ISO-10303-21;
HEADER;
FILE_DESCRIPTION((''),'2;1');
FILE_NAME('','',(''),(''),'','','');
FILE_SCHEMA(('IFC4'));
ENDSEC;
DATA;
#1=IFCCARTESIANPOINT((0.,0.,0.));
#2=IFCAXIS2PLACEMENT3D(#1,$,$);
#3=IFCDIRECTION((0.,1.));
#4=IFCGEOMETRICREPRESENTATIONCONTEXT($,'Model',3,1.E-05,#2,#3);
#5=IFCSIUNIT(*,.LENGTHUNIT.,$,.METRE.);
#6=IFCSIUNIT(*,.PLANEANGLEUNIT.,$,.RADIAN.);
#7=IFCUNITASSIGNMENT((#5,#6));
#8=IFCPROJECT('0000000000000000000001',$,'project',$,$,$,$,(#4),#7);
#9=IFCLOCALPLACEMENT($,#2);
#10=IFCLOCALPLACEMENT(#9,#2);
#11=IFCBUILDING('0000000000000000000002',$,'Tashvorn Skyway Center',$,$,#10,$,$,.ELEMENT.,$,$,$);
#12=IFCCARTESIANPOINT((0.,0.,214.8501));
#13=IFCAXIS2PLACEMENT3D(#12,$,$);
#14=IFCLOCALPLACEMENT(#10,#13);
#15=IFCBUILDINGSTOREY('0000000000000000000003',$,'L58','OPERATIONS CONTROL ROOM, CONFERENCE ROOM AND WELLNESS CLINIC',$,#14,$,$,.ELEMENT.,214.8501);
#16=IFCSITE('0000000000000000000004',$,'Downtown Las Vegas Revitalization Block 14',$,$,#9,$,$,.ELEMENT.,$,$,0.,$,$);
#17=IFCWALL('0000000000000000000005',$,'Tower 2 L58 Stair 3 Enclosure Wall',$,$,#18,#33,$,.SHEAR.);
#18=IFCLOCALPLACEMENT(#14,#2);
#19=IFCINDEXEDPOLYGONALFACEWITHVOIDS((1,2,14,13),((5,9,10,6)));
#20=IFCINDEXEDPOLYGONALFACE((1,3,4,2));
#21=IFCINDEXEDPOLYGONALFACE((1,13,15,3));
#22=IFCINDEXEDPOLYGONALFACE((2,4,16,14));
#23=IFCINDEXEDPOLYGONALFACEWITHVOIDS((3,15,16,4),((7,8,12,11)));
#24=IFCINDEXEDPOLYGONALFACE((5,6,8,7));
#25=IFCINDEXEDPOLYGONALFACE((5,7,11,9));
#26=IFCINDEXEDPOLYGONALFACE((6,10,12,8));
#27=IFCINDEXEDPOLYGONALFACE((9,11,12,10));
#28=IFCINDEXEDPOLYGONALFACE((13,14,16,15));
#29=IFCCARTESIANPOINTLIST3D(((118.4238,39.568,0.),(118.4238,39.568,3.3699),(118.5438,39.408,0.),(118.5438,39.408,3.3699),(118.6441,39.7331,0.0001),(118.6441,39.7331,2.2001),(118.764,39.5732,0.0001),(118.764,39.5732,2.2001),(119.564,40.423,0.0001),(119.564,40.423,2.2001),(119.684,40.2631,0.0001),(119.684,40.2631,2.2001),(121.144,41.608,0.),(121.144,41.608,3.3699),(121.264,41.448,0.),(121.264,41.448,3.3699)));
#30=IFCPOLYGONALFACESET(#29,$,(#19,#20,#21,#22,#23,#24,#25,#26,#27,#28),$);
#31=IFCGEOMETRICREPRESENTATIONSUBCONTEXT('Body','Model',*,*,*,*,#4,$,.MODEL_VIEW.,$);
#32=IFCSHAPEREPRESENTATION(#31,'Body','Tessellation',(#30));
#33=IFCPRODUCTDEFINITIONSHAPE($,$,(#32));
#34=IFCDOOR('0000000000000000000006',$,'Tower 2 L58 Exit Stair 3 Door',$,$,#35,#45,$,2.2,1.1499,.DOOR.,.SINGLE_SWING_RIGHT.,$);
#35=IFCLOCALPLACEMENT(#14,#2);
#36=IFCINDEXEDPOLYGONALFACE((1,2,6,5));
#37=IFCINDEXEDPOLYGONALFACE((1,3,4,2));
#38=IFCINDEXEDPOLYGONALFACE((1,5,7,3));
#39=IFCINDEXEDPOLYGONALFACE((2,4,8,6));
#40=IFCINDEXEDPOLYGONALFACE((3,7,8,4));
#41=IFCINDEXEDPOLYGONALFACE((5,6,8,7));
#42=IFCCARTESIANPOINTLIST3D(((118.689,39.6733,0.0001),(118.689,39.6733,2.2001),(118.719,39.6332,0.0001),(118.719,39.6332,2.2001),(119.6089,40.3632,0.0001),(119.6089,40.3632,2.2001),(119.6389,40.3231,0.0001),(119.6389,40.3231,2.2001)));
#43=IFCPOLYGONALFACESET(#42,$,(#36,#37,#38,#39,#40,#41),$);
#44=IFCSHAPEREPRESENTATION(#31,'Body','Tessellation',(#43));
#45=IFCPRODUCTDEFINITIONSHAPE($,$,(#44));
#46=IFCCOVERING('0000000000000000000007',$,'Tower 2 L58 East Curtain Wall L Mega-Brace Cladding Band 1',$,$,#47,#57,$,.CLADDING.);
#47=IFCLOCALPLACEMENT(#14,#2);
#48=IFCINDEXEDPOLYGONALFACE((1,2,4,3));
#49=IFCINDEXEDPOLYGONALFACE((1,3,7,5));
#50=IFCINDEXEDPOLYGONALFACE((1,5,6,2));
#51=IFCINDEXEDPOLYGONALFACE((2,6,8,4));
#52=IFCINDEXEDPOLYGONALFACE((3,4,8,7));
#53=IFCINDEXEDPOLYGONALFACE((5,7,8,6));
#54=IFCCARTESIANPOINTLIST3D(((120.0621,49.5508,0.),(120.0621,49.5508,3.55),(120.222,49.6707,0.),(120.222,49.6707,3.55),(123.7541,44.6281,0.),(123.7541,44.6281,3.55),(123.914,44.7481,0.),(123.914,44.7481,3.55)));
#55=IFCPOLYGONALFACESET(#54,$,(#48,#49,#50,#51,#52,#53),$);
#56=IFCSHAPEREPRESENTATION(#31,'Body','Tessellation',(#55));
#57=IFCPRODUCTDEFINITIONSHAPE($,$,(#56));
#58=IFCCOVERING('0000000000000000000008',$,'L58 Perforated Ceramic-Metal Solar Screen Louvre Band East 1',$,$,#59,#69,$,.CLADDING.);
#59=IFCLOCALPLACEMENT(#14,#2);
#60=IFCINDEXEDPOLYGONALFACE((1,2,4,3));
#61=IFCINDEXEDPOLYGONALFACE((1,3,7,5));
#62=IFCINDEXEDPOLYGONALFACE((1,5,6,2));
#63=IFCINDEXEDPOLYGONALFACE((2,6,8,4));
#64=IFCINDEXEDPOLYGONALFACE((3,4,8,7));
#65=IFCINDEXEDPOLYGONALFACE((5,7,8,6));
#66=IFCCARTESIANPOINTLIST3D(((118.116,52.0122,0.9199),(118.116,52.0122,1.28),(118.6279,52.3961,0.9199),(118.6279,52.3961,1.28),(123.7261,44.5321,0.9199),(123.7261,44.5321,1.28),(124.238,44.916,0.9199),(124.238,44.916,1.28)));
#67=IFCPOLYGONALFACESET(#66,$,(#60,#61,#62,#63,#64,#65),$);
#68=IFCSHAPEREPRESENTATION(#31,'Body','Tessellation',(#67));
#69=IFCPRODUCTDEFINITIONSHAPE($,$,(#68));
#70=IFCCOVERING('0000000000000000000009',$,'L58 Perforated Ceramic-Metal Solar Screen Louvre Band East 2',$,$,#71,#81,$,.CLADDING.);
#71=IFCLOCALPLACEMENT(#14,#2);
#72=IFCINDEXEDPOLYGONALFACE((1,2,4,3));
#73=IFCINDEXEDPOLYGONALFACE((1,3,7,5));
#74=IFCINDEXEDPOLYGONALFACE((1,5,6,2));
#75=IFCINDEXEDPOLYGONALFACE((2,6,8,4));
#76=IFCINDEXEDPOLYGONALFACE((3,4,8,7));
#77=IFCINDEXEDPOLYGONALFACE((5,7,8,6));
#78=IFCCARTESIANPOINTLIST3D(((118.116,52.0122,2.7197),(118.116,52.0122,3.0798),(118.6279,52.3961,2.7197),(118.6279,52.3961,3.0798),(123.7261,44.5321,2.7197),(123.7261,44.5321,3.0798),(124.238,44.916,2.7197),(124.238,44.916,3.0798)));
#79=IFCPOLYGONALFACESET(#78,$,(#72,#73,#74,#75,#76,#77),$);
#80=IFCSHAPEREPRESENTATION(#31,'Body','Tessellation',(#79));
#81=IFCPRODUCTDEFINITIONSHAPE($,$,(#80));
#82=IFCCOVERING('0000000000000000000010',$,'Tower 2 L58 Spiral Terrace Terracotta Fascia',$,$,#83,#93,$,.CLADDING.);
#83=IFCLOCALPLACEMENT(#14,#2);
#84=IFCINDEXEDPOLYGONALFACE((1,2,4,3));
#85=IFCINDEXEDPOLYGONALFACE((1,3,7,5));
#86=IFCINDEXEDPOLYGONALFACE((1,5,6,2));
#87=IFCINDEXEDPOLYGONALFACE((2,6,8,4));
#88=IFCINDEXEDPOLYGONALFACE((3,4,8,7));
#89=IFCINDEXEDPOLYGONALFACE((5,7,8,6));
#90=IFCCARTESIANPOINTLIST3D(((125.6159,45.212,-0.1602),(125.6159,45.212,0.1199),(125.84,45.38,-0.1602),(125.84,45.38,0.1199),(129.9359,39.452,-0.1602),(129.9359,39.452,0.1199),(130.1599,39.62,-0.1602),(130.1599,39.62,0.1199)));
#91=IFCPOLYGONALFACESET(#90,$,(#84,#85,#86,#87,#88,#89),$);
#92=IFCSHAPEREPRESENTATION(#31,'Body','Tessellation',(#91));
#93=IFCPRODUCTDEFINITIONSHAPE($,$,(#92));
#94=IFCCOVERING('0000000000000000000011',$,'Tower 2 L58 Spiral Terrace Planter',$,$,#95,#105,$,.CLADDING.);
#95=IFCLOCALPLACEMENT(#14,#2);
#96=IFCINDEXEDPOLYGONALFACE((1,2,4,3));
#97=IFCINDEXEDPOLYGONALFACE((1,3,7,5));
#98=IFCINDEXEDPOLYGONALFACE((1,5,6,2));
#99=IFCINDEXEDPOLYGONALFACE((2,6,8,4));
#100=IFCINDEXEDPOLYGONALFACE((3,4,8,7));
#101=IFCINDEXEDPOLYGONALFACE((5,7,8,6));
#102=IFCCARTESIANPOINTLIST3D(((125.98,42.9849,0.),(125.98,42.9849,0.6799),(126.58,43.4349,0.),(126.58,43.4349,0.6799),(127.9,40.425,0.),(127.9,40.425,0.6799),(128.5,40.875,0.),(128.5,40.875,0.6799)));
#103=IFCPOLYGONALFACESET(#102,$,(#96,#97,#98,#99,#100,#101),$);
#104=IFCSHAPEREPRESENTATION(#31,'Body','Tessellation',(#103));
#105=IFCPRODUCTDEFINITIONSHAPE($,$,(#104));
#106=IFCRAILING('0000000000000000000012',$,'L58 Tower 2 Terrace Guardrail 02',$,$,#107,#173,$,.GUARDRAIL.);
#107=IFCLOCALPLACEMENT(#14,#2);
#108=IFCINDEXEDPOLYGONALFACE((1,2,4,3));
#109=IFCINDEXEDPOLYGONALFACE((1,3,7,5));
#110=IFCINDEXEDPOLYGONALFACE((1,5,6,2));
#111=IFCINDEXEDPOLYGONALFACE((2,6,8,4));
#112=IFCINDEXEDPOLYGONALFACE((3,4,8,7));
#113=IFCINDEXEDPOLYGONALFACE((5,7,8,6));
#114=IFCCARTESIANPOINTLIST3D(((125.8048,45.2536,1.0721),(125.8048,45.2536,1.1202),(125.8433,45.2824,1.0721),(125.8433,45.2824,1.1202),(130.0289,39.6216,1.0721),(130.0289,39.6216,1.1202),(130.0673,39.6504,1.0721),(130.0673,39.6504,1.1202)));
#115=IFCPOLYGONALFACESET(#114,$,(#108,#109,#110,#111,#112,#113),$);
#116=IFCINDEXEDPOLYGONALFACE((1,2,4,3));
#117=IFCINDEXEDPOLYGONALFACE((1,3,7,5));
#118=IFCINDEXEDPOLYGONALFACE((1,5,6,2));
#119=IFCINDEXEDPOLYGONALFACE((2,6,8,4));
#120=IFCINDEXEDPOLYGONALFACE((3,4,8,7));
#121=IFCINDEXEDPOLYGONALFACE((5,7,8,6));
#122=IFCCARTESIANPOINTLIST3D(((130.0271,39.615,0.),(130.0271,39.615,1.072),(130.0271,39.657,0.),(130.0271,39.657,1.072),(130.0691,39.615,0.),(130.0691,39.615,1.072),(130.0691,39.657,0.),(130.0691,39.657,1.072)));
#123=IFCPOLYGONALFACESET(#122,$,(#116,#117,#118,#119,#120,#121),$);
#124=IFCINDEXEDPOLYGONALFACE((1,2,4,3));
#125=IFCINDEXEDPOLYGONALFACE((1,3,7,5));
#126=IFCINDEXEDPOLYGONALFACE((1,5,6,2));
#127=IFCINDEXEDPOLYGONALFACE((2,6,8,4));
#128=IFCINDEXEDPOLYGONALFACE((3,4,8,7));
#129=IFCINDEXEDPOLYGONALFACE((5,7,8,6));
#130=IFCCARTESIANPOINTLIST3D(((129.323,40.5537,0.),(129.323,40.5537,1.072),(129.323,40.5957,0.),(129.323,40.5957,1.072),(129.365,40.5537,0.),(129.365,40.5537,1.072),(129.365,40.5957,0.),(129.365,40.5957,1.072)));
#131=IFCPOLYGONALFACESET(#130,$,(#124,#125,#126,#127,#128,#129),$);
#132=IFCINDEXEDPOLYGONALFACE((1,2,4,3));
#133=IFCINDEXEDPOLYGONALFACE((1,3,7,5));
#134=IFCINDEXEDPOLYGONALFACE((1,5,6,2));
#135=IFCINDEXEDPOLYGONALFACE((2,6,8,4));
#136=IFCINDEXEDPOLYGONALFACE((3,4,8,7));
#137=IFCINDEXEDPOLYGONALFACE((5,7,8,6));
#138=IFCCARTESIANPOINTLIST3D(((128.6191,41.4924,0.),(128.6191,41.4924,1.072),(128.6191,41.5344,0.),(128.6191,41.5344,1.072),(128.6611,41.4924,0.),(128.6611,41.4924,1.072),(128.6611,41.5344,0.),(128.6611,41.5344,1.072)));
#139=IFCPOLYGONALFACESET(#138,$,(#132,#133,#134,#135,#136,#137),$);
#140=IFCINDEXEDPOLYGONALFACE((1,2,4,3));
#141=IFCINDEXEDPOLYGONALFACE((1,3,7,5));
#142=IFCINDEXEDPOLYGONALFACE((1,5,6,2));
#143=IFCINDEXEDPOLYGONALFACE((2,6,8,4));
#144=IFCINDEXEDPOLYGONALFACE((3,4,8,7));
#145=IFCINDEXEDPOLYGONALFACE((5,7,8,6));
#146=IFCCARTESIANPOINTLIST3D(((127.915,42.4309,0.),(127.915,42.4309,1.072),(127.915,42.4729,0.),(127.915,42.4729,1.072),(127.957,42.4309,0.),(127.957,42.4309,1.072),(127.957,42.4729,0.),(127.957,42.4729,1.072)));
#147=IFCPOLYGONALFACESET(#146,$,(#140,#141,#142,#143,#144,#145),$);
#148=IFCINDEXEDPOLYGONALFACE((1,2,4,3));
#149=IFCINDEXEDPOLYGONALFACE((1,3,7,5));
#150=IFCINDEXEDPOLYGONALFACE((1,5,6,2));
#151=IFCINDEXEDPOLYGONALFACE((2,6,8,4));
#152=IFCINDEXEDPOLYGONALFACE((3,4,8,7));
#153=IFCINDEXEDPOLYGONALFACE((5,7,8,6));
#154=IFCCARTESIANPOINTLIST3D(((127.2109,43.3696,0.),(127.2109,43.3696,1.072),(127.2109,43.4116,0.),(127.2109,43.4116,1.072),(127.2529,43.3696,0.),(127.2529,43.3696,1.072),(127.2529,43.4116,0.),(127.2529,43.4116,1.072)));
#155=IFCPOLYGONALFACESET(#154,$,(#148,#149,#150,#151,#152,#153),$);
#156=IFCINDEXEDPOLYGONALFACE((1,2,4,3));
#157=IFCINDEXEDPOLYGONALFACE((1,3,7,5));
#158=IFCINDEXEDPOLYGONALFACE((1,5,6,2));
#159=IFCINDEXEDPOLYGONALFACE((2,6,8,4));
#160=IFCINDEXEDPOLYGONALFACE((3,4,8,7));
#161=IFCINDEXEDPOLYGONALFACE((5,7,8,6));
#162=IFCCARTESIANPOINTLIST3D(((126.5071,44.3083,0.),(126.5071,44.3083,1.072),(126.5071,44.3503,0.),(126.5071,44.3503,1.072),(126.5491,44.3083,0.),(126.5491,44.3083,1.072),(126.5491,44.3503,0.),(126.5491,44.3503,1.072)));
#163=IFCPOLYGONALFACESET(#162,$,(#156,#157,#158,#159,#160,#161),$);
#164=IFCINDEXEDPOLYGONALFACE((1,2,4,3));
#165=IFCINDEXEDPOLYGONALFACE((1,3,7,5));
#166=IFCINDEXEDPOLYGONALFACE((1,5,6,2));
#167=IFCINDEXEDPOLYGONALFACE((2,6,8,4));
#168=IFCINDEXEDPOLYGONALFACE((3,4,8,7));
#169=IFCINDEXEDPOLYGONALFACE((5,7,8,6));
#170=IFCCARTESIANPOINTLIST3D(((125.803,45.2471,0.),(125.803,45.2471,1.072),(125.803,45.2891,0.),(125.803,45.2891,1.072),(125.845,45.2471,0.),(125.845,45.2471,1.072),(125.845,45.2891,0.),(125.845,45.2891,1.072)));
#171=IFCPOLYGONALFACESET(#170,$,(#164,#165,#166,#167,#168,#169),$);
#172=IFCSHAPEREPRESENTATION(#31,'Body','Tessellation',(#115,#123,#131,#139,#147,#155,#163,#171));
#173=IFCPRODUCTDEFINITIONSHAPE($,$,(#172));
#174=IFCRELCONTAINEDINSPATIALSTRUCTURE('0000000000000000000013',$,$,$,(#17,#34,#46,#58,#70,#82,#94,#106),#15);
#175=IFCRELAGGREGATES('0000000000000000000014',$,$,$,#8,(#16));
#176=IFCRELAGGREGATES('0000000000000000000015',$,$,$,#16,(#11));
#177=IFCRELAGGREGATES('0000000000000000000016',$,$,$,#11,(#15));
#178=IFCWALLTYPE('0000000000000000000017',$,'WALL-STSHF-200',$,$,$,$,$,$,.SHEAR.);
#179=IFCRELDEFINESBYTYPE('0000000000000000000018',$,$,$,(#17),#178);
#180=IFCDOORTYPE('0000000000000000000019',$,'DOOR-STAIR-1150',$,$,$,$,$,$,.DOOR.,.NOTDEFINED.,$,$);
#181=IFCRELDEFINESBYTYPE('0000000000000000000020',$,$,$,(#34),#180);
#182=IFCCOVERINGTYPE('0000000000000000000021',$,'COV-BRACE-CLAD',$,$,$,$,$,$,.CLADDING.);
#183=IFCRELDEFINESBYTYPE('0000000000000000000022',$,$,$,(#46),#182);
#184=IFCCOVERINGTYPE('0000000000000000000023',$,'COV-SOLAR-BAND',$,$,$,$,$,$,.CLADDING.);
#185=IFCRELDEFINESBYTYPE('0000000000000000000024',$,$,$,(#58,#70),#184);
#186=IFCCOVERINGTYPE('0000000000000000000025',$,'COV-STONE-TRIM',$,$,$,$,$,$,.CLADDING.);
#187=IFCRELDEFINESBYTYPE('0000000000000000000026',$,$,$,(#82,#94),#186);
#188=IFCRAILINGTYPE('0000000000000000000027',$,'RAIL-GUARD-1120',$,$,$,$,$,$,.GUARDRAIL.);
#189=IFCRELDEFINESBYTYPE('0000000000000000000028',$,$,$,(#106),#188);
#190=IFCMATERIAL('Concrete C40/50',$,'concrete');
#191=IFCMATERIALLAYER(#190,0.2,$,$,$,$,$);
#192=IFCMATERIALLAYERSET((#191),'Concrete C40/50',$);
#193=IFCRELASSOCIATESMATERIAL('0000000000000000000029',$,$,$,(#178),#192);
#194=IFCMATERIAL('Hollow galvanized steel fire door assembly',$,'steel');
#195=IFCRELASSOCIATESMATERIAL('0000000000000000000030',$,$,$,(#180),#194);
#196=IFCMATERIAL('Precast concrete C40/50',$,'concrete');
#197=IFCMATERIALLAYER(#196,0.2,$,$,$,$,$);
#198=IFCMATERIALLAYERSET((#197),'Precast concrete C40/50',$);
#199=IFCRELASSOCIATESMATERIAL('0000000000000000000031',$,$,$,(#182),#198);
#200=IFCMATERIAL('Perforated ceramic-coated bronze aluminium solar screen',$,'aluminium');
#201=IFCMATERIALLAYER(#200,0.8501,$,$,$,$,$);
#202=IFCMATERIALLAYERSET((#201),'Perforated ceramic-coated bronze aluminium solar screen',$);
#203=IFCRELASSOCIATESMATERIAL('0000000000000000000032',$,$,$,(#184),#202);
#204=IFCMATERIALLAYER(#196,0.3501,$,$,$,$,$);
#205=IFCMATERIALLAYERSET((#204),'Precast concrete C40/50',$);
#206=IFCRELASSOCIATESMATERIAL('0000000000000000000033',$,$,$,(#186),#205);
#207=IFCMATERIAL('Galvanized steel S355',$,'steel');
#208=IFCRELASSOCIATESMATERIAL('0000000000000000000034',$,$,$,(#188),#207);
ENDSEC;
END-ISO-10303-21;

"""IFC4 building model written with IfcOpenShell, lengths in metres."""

from ifc_helpers import new_model, si_unit, direction, frame, frame_2d, origin, origin_2d, place, context, subcontext, project, spatial, rectangle, extrude, material, layer, layer_set, type_object, element, fill, save


model = new_model("IFC4")

# Units and contexts
model_context = context("Model", 3, precision=1e-05, world=origin(), true_north=direction((0.0, 1.0)))
body_context = subcontext(model_context, "Body", "Model", "MODEL_VIEW")
ifc_project = project(units=[si_unit("LENGTHUNIT", "METRE"), si_unit("PLANEANGLEUNIT", "RADIAN")], contexts=[model_context])

# Site, building, storey
site_placement = place(None, origin())
site = spatial("IfcSite", under=ifc_project, at=site_placement, Name="Downtown Las Vegas Revitalization Block 14", CompositionType="ELEMENT", RefElevation=0.0)
building_placement = place(site_placement, origin())
building = spatial("IfcBuilding", under=site, at=building_placement, Name="Tashvorn Skyway Center", CompositionType="ELEMENT")
storey_placement = place(building_placement, frame((0.0, 0.0, 214.8501)))
storey = spatial("IfcBuildingStorey", under=building, at=storey_placement, Name="L58", Description="OPERATIONS CONTROL ROOM, CONFERENCE ROOM AND WELLNESS CLINIC", CompositionType="ELEMENT", Elevation=214.8501)

# Shared definitions
ifc_material_1 = material(Name="Precast concrete C40/50", Category="concrete")

# Wall, opening, door
ifc_material_2 = material(Name="Concrete C40/50", Category="concrete")
ifc_layer_1 = layer(ifc_material_2, 0.2)
ifc_layer_set_1 = layer_set([ifc_layer_1], Name="Concrete C40/50")
wall_type_1 = type_object("IfcWallType", Name="WALL-STSHF-200", PredefinedType="SHEAR", material=ifc_layer_set_1)
wall_1_placement = place(storey_placement, frame((121.2041, 41.5281, 0.0), z_axis=(0.0, 0.0, 1.0), x_axis=(-0.800017, -0.599977, 0.0)))
wall_1 = element("IfcWall", 1, at=wall_1_placement, inside=storey, type_object=wall_type_1, Name="Tower 2 L58 Stair 3 Enclosure Wall", PredefinedType="SHEAR", context=body_context, shape_type="SweptSolid", body=[
    extrude(rectangle(XDim=3.4001, YDim=0.2, at=frame_2d((1.7002, 0.0))), origin(), (0.0, 0.0, 1.0), 3.3699),
])
opening_1_placement = place(wall_1_placement, frame((1.9751, 0.0, 0.0)))
opening_1 = element("IfcOpeningElement", 2, at=opening_1_placement, cuts=wall_1, PredefinedType="OPENING", context=body_context, shape_type="SweptSolid", body=[
    extrude(rectangle(XDim=1.1499, YDim=2.2, at=frame_2d((0.575, 1.1001))), frame((0.0, 0.1099, 0.0), z_axis=(0.0, -1.0, 0.0), x_axis=(1.0, 0.0, 0.0)), (0.0, 0.0, 1.0), 0.22),
])
ifc_material_3 = material(Name="Hollow galvanized steel fire door assembly", Category="steel")
door_type_1 = type_object("IfcDoorType", Name="DOOR-STAIR-1150", OperationType="NOTDEFINED", PredefinedType="DOOR", material=ifc_material_3)
door_1_placement = place(opening_1_placement, origin())
door_1 = element("IfcDoor", 3, at=door_1_placement, inside=storey, type_object=door_type_1, Name="Tower 2 L58 Exit Stair 3 Door", OperationType="SINGLE_SWING_RIGHT", OverallHeight=2.2, OverallWidth=1.1499, PredefinedType="DOOR", context=body_context, shape_type="SweptSolid", body=[
    extrude(rectangle(XDim=1.1499, YDim=2.2, at=frame_2d((0.575, 1.1001))), frame((0.0, 0.0249, 0.0), z_axis=(0.0, -1.0, 0.0), x_axis=(1.0, 0.0, 0.0)), (0.0, 0.0, 1.0), 0.05),
])
fill(opening_1, door_1)

# Coverings
ifc_layer_2 = layer(ifc_material_1, 0.2)
ifc_layer_set_2 = layer_set([ifc_layer_2], Name="Precast concrete C40/50")
covering_type_1 = type_object("IfcCoveringType", Name="COV-BRACE-CLAD", PredefinedType="CLADDING", material=ifc_layer_set_2)
covering_1_placement = place(storey_placement, frame((121.988, 47.1494, 0.0), z_axis=(0.0, 0.0, 1.0), x_axis=(0.6, -0.8, 0.0)))
element("IfcCovering", 4, at=covering_1_placement, inside=storey, type_object=covering_type_1, Name="Tower 2 L58 East Curtain Wall L Mega-Brace Cladding Band 1", PredefinedType="CLADDING", context=body_context, shape_type="SweptSolid", body=[
    extrude(rectangle(XDim=6.1533, YDim=0.2, at=origin_2d()), origin(), (0.0, 0.0, 1.0), 3.55),
])
ifc_material_4 = material(Name="Perforated ceramic-coated bronze aluminium solar screen", Category="aluminium")
ifc_layer_3 = layer(ifc_material_4, 0.8501)
ifc_layer_set_3 = layer_set([ifc_layer_3], Name="Perforated ceramic-coated bronze aluminium solar screen")
covering_type_2 = type_object("IfcCoveringType", Name="COV-SOLAR-BAND", PredefinedType="CLADDING", material=ifc_layer_set_3)
for number, where, z_axis, x_axis, name in (
    (5, (121.177, 48.4641, 0.9199), (0.0, 0.0, 1.0), (0.6, -0.8, 0.0), "L58 Perforated Ceramic-Metal Solar Screen Louvre Band East 1"),
    (6, (121.177, 48.4641, 2.7197), (0.0, 0.0, 1.0), (0.6, -0.8, 0.0), "L58 Perforated Ceramic-Metal Solar Screen Louvre Band East 2"),
):
    element("IfcCovering", number, at=place(storey_placement, frame(where, z_axis=z_axis, x_axis=x_axis)), inside=storey, type_object=covering_type_2, Name=name, PredefinedType="CLADDING", context=body_context, shape_type="SweptSolid", body=[
        extrude(rectangle(XDim=9.3501, YDim=0.6399, at=origin_2d()), origin(), (0.0, 0.0, 1.0), 0.3601),
    ])
ifc_layer_4 = layer(ifc_material_1, 0.3501)
ifc_layer_set_4 = layer_set([ifc_layer_4], Name="Precast concrete C40/50")
covering_type_3 = type_object("IfcCoveringType", Name="COV-STONE-TRIM", PredefinedType="CLADDING", material=ifc_layer_set_4)
covering_2_placement = place(storey_placement, frame((127.8879, 42.416, -0.1602), z_axis=(0.0, 0.0, 1.0), x_axis=(0.6, -0.8, 0.0)))
element("IfcCovering", 7, at=covering_2_placement, inside=storey, type_object=covering_type_3, Name="Tower 2 L58 Spiral Terrace Terracotta Fascia", PredefinedType="CLADDING", context=body_context, shape_type="SweptSolid", body=[
    extrude(rectangle(XDim=7.2, YDim=0.28, at=origin_2d()), origin(), (0.0, 0.0, 1.0), 0.28),
])
covering_3_placement = place(storey_placement, frame((127.24, 41.9299, 0.0), z_axis=(0.0, 0.0, 1.0), x_axis=(0.6, -0.8, 0.0)))
element("IfcCovering", 8, at=covering_3_placement, inside=storey, type_object=covering_type_3, Name="Tower 2 L58 Spiral Terrace Planter", PredefinedType="CLADDING", context=body_context, shape_type="SweptSolid", body=[
    extrude(rectangle(XDim=3.2, YDim=0.75, at=origin_2d()), origin(), (0.0, 0.0, 1.0), 0.6799),
])

# Railing
ifc_material_5 = material(Name="Galvanized steel S355", Category="steel")
railing_type = type_object("IfcRailingType", Name="RAIL-GUARD-1120", PredefinedType="GUARDRAIL", material=ifc_material_5)
railing_1_placement = place(storey_placement, frame((130.0481, 39.636, 0.0)))
element("IfcRailing", 9, at=railing_1_placement, inside=storey, type_object=railing_type, Name="L58 Tower 2 Terrace Guardrail 02", PredefinedType="GUARDRAIL", context=body_context, shape_type="SweptSolid", body=[
    extrude(rectangle(XDim=0.0481, YDim=0.0481, at=origin_2d()), frame((0.0, 0.0, 1.0962), z_axis=(-0.600006, 0.799996, 0.0), x_axis=(-0.799996, -0.600006, 0.0)), (0.0, 0.0, 1.0), 7.04),
    extrude(rectangle(XDim=0.042, YDim=0.042, at=origin_2d()), origin(), (0.0, 0.0, 1.0), 1.072),
    extrude(rectangle(XDim=0.042, YDim=0.042, at=origin_2d()), frame((-0.7041, 0.9387, 0.0)), (0.0, 0.0, 1.0), 1.072),
    extrude(rectangle(XDim=0.042, YDim=0.042, at=origin_2d()), frame((-1.408, 1.8774, 0.0)), (0.0, 0.0, 1.0), 1.072),
    extrude(rectangle(XDim=0.042, YDim=0.042, at=origin_2d()), frame((-2.1121, 2.8159, 0.0)), (0.0, 0.0, 1.0), 1.072),
    extrude(rectangle(XDim=0.042, YDim=0.042, at=origin_2d()), frame((-2.8162, 3.7546, 0.0)), (0.0, 0.0, 1.0), 1.072),
    extrude(rectangle(XDim=0.042, YDim=0.042, at=origin_2d()), frame((-3.52, 4.6934, 0.0)), (0.0, 0.0, 1.0), 1.072),
    extrude(rectangle(XDim=0.042, YDim=0.042, at=origin_2d()), frame((-4.2241, 5.6321, 0.0)), (0.0, 0.0, 1.0), 1.072),
])

save(model, "model.ifc")
